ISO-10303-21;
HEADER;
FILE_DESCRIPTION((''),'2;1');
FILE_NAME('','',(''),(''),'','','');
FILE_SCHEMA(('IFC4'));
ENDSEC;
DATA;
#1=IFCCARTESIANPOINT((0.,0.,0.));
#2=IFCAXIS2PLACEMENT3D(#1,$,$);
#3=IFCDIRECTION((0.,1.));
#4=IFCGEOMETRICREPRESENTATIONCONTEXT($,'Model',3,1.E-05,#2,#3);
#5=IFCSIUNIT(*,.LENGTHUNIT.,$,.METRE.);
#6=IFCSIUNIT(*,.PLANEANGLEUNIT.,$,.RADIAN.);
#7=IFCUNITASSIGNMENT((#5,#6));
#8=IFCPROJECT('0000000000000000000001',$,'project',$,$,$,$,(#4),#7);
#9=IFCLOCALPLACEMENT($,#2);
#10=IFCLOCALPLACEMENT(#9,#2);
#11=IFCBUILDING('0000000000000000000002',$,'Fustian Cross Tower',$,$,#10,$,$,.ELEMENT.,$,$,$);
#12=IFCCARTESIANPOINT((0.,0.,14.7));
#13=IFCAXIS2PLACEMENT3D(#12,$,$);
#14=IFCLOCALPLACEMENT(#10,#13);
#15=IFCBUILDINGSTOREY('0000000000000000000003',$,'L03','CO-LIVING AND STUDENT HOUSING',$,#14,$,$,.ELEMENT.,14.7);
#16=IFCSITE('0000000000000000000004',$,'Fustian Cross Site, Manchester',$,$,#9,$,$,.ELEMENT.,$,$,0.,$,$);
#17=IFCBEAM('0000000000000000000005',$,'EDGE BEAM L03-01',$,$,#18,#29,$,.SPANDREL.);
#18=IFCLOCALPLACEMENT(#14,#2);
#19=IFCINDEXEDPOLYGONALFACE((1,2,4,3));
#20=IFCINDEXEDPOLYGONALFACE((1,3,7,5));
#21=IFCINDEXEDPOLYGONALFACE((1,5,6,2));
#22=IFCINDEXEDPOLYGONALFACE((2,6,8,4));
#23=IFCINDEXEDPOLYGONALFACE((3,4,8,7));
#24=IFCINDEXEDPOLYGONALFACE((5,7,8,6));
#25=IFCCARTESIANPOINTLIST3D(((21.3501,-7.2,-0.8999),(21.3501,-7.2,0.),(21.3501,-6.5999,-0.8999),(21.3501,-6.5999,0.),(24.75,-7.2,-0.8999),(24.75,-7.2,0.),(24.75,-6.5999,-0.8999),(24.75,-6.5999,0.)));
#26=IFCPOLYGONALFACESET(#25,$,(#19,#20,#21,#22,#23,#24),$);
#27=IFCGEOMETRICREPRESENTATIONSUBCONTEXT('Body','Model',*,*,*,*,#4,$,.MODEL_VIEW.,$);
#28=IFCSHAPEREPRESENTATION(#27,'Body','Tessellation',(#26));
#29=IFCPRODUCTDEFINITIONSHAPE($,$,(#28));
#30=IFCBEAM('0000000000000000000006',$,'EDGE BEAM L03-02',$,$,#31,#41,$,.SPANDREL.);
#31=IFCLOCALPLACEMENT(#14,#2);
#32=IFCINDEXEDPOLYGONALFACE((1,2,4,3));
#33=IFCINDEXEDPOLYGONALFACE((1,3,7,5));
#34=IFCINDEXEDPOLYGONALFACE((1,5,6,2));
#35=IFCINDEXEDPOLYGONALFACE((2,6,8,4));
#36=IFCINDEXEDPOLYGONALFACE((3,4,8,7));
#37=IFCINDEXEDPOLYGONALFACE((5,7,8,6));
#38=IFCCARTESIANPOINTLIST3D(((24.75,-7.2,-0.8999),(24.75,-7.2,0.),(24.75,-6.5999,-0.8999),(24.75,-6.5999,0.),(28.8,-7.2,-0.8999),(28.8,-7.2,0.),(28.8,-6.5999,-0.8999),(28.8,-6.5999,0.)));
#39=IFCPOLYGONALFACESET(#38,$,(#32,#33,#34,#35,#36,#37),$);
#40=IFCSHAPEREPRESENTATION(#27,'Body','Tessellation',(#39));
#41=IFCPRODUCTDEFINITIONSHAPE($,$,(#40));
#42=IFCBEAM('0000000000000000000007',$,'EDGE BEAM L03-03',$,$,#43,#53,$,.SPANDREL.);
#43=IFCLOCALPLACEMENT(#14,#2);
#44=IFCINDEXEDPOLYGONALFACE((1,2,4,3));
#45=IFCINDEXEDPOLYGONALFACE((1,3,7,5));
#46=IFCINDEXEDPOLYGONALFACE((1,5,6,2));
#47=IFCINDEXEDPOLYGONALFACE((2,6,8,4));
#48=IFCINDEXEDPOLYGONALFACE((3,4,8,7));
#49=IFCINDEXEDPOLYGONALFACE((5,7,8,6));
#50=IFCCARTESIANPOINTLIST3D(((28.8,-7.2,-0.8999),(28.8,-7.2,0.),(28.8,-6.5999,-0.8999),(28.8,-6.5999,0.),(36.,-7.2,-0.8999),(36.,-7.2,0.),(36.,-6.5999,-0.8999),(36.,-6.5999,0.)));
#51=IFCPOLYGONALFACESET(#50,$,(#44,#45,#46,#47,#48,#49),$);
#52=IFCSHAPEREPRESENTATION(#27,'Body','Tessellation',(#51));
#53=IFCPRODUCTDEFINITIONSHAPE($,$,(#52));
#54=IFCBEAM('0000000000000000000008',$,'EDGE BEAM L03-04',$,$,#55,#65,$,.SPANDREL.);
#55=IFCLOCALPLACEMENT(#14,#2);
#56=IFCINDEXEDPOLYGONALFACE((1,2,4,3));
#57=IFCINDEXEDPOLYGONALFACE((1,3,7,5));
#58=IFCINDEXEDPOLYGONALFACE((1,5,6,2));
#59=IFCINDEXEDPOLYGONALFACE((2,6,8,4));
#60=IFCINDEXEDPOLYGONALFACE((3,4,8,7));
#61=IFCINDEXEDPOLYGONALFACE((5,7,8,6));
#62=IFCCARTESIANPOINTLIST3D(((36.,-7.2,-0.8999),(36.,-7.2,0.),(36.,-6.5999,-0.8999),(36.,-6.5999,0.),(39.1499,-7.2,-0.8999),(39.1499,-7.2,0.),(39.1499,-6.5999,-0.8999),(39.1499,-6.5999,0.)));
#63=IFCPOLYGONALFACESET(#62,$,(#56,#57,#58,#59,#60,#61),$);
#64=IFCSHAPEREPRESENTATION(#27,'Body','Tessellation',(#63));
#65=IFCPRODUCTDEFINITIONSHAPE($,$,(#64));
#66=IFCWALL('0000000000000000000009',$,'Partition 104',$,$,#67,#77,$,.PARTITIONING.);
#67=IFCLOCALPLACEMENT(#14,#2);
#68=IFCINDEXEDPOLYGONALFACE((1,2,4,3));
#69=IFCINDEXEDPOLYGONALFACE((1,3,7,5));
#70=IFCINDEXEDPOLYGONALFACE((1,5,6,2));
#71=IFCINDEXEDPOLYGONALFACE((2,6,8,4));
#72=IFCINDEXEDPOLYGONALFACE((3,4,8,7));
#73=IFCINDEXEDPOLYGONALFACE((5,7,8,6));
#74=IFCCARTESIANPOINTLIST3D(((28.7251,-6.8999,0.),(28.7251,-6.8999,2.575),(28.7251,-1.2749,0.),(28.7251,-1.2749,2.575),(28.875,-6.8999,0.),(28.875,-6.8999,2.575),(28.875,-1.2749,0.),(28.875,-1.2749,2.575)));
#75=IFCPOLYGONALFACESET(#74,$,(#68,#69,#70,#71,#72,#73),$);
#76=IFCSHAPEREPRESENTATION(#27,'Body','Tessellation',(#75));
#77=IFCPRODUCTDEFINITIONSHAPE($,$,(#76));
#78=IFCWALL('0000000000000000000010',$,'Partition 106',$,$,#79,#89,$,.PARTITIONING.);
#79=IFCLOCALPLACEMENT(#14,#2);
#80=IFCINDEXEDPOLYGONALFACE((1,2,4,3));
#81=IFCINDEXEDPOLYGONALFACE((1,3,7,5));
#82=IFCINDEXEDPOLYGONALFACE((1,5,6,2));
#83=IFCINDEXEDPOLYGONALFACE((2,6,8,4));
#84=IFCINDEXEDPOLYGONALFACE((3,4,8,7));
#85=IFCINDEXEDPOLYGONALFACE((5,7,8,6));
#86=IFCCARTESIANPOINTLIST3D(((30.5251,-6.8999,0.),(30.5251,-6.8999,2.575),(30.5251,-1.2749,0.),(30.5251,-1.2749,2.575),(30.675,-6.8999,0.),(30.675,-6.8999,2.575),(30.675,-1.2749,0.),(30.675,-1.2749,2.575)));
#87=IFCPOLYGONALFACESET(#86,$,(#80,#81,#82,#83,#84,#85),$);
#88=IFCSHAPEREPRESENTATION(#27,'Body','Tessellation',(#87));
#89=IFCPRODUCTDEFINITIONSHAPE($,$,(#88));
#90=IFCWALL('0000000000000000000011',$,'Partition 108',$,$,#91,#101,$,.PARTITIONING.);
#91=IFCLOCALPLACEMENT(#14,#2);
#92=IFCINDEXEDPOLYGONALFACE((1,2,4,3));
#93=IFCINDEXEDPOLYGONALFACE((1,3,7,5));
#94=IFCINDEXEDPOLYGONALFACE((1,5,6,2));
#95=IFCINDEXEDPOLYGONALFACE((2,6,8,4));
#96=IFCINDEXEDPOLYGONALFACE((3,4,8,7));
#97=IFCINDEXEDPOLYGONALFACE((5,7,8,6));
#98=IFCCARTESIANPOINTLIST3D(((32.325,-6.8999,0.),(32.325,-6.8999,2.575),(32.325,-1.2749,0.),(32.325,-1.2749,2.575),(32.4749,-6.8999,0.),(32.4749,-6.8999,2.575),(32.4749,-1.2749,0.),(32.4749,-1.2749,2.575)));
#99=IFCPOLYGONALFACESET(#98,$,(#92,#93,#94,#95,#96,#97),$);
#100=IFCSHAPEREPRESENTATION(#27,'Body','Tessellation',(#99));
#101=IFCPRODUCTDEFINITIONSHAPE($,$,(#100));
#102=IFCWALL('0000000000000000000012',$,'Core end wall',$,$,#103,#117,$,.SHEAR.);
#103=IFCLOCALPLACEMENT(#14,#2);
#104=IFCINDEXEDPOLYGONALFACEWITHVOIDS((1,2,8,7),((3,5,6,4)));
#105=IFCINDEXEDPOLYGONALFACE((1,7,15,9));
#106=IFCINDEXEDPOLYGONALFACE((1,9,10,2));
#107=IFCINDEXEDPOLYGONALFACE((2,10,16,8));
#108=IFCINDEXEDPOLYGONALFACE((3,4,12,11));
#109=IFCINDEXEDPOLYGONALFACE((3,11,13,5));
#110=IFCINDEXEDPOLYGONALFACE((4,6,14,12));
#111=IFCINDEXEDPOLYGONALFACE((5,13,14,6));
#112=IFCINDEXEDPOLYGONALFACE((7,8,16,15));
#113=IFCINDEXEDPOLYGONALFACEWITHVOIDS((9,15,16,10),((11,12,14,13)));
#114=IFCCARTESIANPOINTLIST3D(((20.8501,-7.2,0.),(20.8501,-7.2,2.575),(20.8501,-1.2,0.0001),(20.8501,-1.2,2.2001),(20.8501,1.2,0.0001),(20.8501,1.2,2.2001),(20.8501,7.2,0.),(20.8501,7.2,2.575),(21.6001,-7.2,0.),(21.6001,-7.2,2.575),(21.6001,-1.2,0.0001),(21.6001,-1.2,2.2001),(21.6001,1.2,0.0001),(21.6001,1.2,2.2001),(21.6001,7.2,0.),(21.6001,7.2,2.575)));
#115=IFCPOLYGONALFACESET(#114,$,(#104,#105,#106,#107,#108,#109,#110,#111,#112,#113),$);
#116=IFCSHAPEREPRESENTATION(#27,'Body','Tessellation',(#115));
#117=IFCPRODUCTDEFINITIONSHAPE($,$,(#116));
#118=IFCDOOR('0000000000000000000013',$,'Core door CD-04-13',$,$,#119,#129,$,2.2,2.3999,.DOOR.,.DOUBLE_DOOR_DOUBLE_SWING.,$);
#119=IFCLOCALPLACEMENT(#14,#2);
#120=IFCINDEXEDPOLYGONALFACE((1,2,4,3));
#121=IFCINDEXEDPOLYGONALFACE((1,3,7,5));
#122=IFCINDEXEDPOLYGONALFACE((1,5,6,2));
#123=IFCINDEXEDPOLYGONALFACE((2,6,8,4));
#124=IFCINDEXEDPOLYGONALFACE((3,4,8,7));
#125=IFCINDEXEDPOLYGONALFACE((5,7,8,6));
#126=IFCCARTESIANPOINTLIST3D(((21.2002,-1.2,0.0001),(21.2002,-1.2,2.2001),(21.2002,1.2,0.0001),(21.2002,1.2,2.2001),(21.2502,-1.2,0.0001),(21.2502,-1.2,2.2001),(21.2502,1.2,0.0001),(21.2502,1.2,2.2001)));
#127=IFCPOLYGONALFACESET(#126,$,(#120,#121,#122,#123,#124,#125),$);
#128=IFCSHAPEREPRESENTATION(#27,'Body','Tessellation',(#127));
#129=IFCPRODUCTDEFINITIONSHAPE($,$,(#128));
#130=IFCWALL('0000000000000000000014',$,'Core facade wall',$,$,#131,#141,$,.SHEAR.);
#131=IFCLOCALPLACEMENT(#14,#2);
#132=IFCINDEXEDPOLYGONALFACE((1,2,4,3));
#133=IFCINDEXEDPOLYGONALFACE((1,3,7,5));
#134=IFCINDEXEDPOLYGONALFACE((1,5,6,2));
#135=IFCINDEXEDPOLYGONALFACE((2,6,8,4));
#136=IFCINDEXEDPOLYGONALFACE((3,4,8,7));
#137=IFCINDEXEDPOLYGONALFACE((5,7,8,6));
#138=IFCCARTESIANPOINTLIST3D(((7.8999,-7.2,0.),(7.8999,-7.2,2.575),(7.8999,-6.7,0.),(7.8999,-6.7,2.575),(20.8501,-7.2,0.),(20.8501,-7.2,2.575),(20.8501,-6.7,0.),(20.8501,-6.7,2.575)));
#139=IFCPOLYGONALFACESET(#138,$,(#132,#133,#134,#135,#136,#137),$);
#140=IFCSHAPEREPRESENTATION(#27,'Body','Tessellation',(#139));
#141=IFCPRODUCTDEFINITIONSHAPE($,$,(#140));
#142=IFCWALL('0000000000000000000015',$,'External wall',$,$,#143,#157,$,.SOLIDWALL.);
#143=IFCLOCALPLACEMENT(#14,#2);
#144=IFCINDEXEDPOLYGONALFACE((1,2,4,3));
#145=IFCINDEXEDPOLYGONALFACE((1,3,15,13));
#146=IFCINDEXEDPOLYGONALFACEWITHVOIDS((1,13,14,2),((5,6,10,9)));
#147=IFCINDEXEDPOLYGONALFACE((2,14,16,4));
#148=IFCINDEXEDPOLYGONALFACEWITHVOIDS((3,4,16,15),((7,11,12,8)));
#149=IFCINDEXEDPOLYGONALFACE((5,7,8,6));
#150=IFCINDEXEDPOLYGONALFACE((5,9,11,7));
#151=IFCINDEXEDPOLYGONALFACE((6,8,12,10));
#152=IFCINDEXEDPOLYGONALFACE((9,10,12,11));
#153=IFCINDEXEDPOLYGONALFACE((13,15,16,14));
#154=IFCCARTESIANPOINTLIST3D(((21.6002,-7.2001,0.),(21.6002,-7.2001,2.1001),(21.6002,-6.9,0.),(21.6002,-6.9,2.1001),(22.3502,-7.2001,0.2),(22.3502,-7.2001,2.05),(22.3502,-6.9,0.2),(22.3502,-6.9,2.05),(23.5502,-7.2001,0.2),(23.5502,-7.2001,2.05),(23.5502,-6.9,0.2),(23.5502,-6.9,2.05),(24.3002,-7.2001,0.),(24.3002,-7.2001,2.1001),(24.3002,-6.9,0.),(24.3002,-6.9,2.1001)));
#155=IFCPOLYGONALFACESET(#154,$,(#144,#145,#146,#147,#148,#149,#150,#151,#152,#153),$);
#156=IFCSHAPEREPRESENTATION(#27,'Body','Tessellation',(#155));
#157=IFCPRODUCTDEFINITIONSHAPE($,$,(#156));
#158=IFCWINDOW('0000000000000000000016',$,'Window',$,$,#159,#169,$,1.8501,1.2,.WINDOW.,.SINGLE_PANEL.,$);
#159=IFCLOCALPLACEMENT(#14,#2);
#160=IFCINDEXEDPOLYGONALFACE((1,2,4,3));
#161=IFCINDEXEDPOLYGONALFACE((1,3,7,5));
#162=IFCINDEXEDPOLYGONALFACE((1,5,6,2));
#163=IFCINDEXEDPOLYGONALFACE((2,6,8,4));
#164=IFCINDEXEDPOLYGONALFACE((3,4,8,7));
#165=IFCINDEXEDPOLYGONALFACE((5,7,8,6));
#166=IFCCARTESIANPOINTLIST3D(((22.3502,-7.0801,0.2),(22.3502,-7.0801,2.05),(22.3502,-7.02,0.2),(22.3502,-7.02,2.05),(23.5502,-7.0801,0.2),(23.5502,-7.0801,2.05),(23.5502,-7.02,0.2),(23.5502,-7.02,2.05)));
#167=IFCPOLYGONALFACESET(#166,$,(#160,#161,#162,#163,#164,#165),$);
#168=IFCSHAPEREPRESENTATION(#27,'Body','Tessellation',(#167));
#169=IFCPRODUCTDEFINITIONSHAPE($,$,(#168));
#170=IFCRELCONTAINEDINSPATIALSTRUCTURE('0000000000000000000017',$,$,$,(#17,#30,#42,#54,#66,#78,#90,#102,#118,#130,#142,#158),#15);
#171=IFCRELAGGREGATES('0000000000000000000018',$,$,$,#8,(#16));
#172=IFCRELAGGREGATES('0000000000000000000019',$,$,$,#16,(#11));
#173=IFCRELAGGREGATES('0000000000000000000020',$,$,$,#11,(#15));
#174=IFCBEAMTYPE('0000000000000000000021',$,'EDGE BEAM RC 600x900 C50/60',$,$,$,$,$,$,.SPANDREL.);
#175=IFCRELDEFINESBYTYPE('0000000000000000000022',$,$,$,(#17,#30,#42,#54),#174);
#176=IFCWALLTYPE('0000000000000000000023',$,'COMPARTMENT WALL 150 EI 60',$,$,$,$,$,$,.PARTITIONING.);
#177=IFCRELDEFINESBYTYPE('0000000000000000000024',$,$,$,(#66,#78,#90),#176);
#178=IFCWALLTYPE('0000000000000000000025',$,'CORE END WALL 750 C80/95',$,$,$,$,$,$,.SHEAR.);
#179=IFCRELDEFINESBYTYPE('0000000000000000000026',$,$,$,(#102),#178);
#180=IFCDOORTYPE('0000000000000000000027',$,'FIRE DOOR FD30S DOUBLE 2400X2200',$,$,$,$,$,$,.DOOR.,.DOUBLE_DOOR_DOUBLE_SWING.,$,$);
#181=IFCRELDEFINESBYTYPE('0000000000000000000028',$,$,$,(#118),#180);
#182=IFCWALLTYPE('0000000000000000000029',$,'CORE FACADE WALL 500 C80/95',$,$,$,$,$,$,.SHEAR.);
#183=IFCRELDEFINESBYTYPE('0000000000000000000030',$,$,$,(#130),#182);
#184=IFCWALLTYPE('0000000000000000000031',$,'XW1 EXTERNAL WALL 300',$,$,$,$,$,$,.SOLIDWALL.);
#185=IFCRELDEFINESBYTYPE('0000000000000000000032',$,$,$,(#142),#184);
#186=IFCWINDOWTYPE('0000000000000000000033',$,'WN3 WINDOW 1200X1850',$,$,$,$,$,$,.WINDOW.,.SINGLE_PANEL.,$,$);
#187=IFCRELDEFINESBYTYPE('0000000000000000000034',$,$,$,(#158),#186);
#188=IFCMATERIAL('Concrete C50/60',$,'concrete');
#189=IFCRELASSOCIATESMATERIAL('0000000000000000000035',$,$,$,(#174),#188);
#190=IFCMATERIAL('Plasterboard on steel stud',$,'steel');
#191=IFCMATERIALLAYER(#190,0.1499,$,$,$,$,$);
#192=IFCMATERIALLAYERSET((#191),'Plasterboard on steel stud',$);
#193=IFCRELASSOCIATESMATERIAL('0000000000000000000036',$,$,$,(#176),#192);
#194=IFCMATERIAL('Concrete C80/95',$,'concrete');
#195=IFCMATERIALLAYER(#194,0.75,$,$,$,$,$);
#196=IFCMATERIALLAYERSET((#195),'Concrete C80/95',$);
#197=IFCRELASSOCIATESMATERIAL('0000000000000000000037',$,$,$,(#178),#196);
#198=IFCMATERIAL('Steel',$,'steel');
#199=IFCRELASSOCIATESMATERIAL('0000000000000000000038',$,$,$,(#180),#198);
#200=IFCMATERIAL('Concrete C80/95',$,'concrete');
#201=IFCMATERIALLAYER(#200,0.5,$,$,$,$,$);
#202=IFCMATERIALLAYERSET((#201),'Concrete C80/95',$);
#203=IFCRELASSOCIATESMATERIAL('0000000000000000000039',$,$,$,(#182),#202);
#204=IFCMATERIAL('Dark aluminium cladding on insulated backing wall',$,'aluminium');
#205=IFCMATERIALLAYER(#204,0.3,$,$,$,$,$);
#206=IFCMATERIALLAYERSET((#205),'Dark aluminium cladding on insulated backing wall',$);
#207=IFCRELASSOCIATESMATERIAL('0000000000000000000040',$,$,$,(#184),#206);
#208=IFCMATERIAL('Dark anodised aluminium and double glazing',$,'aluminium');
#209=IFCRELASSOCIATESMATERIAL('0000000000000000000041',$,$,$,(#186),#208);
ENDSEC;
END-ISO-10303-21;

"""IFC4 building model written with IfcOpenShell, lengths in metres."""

from ifc_helpers import new_model, si_unit, direction, frame, frame_2d, origin, origin_2d, place, context, subcontext, project, spatial, rectangle, extrude, material, layer, layer_set, material_profile, profile_set, type_object, element, fill, save


model = new_model("IFC4")

# Units and contexts
model_context = context("Model", 3, precision=1e-05, world=origin(), true_north=direction((0.0, 1.0)))
body_context = subcontext(model_context, "Body", "Model", "MODEL_VIEW")
ifc_project = project(units=[si_unit("LENGTHUNIT", "METRE"), si_unit("PLANEANGLEUNIT", "RADIAN")], contexts=[model_context])

# Site, building, storey
site_placement = place(None, origin())
site = spatial("IfcSite", under=ifc_project, at=site_placement, Name="Fustian Cross Site, Manchester", CompositionType="ELEMENT", RefElevation=0.0)
building_placement = place(site_placement, origin())
building = spatial("IfcBuilding", under=site, at=building_placement, Name="Fustian Cross Tower", CompositionType="ELEMENT")
storey_placement = place(building_placement, frame((0.0, 0.0, 14.7)))
storey = spatial("IfcBuildingStorey", under=building, at=storey_placement, Name="L03", Description="CO-LIVING AND STUDENT HOUSING", CompositionType="ELEMENT", Elevation=14.7)

# Beams
ifc_material_1 = material(Name="Concrete C50/60", Category="concrete")
ifc_material_profile = material_profile(ifc_material_1, rectangle(XDim=0.6001, YDim=0.8999, at=origin_2d()), Name="RC 600x900")
ifc_profile_set = profile_set([ifc_material_profile], Name="Concrete C50/60")
beam_type = type_object("IfcBeamType", Name="EDGE BEAM RC 600x900 C50/60", PredefinedType="SPANDREL", material=ifc_profile_set)
beam_1_placement = place(storey_placement, frame((21.3501, -6.8999, -0.45), z_axis=(1.0, 0.0, 0.0), x_axis=(0.0, 1.0, 0.0)))
element("IfcBeam", 1, at=beam_1_placement, inside=storey, type_object=beam_type, Name="EDGE BEAM L03-01", PredefinedType="SPANDREL", context=body_context, shape_type="SweptSolid", body=[
    extrude(rectangle(XDim=0.6001, YDim=0.8999, at=origin_2d()), origin(), (0.0, 0.0, 1.0), 3.3999),
])
beam_2_placement = place(storey_placement, frame((24.75, -6.8999, -0.45), z_axis=(1.0, 0.0, 0.0), x_axis=(0.0, 1.0, 0.0)))
element("IfcBeam", 2, at=beam_2_placement, inside=storey, type_object=beam_type, Name="EDGE BEAM L03-02", PredefinedType="SPANDREL", context=body_context, shape_type="SweptSolid", body=[
    extrude(rectangle(XDim=0.6001, YDim=0.8999, at=origin_2d()), origin(), (0.0, 0.0, 1.0), 4.05),
])
beam_3_placement = place(storey_placement, frame((28.8, -6.8999, -0.45), z_axis=(1.0, 0.0, 0.0), x_axis=(0.0, 1.0, 0.0)))
element("IfcBeam", 3, at=beam_3_placement, inside=storey, type_object=beam_type, Name="EDGE BEAM L03-03", PredefinedType="SPANDREL", context=body_context, shape_type="SweptSolid", body=[
    extrude(rectangle(XDim=0.6001, YDim=0.8999, at=origin_2d()), origin(), (0.0, 0.0, 1.0), 7.2),
])
beam_4_placement = place(storey_placement, frame((36.0, -6.8999, -0.45), z_axis=(1.0, 0.0, 0.0), x_axis=(0.0, 1.0, 0.0)))
element("IfcBeam", 4, at=beam_4_placement, inside=storey, type_object=beam_type, Name="EDGE BEAM L03-04", PredefinedType="SPANDREL", context=body_context, shape_type="SweptSolid", body=[
    extrude(rectangle(XDim=0.6001, YDim=0.8999, at=origin_2d()), origin(), (0.0, 0.0, 1.0), 3.1499),
])

# Walls
ifc_material_2 = material(Name="Plasterboard on steel stud", Category="steel")
ifc_layer_1 = layer(ifc_material_2, 0.1499)
ifc_layer_set_1 = layer_set([ifc_layer_1], Name="Plasterboard on steel stud")
wall_type_1 = type_object("IfcWallType", Name="COMPARTMENT WALL 150 EI 60", PredefinedType="PARTITIONING", material=ifc_layer_set_1)
for number, where, z_axis, x_axis, name in (
    (5, (28.8, -6.8999, 0.0), (0.0, 0.0, 1.0), (0.0, 1.0, 0.0), "Partition 104"),
    (6, (30.6001, -6.8999, 0.0), (0.0, 0.0, 1.0), (0.0, 1.0, 0.0), "Partition 106"),
    (7, (32.3999, -6.8999, 0.0), (0.0, 0.0, 1.0), (0.0, 1.0, 0.0), "Partition 108"),
):
    element("IfcWall", number, at=place(storey_placement, frame(where, z_axis=z_axis, x_axis=x_axis)), inside=storey, type_object=wall_type_1, Name=name, PredefinedType="PARTITIONING", context=body_context, shape_type="SweptSolid", body=[
        extrude(rectangle(XDim=5.625, YDim=0.1499, at=frame_2d((2.8125, 0.0))), origin(), (0.0, 0.0, 1.0), 2.575),
    ])

# Wall, opening, door
ifc_material_3 = material(Name="Concrete C80/95", Category="concrete")
ifc_layer_2 = layer(ifc_material_3, 0.75)
ifc_layer_set_2 = layer_set([ifc_layer_2], Name="Concrete C80/95")
wall_type_2 = type_object("IfcWallType", Name="CORE END WALL 750 C80/95", PredefinedType="SHEAR", material=ifc_layer_set_2)
wall_1_placement = place(storey_placement, frame((21.2251, -7.2, 0.0), z_axis=(0.0, 0.0, 1.0), x_axis=(0.0, 1.0, 0.0)))
wall_1 = element("IfcWall", 8, at=wall_1_placement, inside=storey, type_object=wall_type_2, Name="Core end wall", PredefinedType="SHEAR", context=body_context, shape_type="SweptSolid", body=[
    extrude(rectangle(XDim=14.3999, YDim=0.75, at=frame_2d((7.2, 0.0))), origin(), (0.0, 0.0, 1.0), 2.575),
])
opening_1_placement = place(wall_1_placement, frame((6.0, 0.0, 0.0)))
opening_1 = element("IfcOpeningElement", 9, at=opening_1_placement, cuts=wall_1, PredefinedType="OPENING", context=body_context, shape_type="SweptSolid", body=[
    extrude(rectangle(XDim=2.3999, YDim=2.2, at=frame_2d((1.2, 1.1001))), frame((0.0, 0.385, 0.0), z_axis=(0.0, -1.0, 0.0), x_axis=(1.0, 0.0, 0.0)), (0.0, 0.0, 1.0), 0.77),
])
ifc_material_4 = material(Name="Steel", Category="steel")
door_type = type_object("IfcDoorType", Name="FIRE DOOR FD30S DOUBLE 2400X2200", OperationType="DOUBLE_DOOR_DOUBLE_SWING", PredefinedType="DOOR", material=ifc_material_4)
door_placement = place(opening_1_placement, origin())
door = element("IfcDoor", 10, at=door_placement, inside=storey, type_object=door_type, Name="Core door CD-04-13", OperationType="DOUBLE_DOOR_DOUBLE_SWING", OverallHeight=2.2, OverallWidth=2.3999, PredefinedType="DOOR", context=body_context, shape_type="SweptSolid", body=[
    extrude(rectangle(XDim=2.3999, YDim=2.2, at=frame_2d((1.2, 1.1001))), frame((0.0, 0.0249, 0.0), z_axis=(0.0, -1.0, 0.0), x_axis=(1.0, 0.0, 0.0)), (0.0, 0.0, 1.0), 0.05),
])
fill(opening_1, door)

# Wall
ifc_material_5 = material(Name="Concrete C80/95", Category="concrete")
ifc_layer_3 = layer(ifc_material_5, 0.5)
ifc_layer_set_3 = layer_set([ifc_layer_3], Name="Concrete C80/95")
wall_type_3 = type_object("IfcWallType", Name="CORE FACADE WALL 500 C80/95", PredefinedType="SHEAR", material=ifc_layer_set_3)
wall_2_placement = place(storey_placement, frame((7.8999, -6.95, 0.0), z_axis=(0.0, 0.0, 1.0), x_axis=(1.0, 0.0, 0.0)))
element("IfcWall", 11, at=wall_2_placement, inside=storey, type_object=wall_type_3, Name="Core facade wall", PredefinedType="SHEAR", context=body_context, shape_type="SweptSolid", body=[
    extrude(rectangle(XDim=12.9502, YDim=0.5, at=frame_2d((6.4751, 0.0))), origin(), (0.0, 0.0, 1.0), 2.575),
])

# Wall, opening, window
ifc_material_6 = material(Name="Dark aluminium cladding on insulated backing wall", Category="aluminium")
ifc_layer_4 = layer(ifc_material_6, 0.3)
ifc_layer_set_4 = layer_set([ifc_layer_4], Name="Dark aluminium cladding on insulated backing wall")
wall_type_4 = type_object("IfcWallType", Name="XW1 EXTERNAL WALL 300", PredefinedType="SOLIDWALL", material=ifc_layer_set_4)
wall_3_placement = place(storey_placement, frame((21.6001, -7.05, 0.0), z_axis=(0.0, 0.0, 1.0), x_axis=(1.0, 0.0, 0.0)))
wall_3 = element("IfcWall", 12, at=wall_3_placement, inside=storey, type_object=wall_type_4, Name="External wall", PredefinedType="SOLIDWALL", context=body_context, shape_type="SweptSolid", body=[
    extrude(rectangle(XDim=2.7, YDim=0.3, at=frame_2d((1.3501, 0.0))), origin(), (0.0, 0.0, 1.0), 2.1001),
])
opening_2_placement = place(wall_3_placement, frame((0.75, 0.0, 0.2)))
opening_2 = element("IfcOpeningElement", 13, at=opening_2_placement, cuts=wall_3, PredefinedType="OPENING", context=body_context, shape_type="SweptSolid", body=[
    extrude(rectangle(XDim=1.2, YDim=1.8501, at=frame_2d((0.6001, 0.925))), frame((0.0, 0.1599, 0.0), z_axis=(0.0, -1.0, 0.0), x_axis=(1.0, 0.0, 0.0)), (0.0, 0.0, 1.0), 0.3201),
])
ifc_material_7 = material(Name="Dark anodised aluminium and double glazing", Category="aluminium")
window_type = type_object("IfcWindowType", Name="WN3 WINDOW 1200X1850", PartitioningType="SINGLE_PANEL", PredefinedType="WINDOW", material=ifc_material_7)
window_1_placement = place(opening_2_placement, origin())
window_1 = element("IfcWindow", 14, at=window_1_placement, inside=storey, type_object=window_type, Name="Window", OverallHeight=1.8501, OverallWidth=1.2, PartitioningType="SINGLE_PANEL", PredefinedType="WINDOW", context=body_context, shape_type="SweptSolid", body=[
    extrude(rectangle(XDim=1.2, YDim=1.8501, at=frame_2d((0.6001, 0.925))), frame((0.0, 0.03, 0.0), z_axis=(0.0, -1.0, 0.0), x_axis=(1.0, 0.0, 0.0)), (0.0, 0.0, 1.0), 0.0601),
])
fill(opening_2, window_1)

save(model, "model.ifc")
